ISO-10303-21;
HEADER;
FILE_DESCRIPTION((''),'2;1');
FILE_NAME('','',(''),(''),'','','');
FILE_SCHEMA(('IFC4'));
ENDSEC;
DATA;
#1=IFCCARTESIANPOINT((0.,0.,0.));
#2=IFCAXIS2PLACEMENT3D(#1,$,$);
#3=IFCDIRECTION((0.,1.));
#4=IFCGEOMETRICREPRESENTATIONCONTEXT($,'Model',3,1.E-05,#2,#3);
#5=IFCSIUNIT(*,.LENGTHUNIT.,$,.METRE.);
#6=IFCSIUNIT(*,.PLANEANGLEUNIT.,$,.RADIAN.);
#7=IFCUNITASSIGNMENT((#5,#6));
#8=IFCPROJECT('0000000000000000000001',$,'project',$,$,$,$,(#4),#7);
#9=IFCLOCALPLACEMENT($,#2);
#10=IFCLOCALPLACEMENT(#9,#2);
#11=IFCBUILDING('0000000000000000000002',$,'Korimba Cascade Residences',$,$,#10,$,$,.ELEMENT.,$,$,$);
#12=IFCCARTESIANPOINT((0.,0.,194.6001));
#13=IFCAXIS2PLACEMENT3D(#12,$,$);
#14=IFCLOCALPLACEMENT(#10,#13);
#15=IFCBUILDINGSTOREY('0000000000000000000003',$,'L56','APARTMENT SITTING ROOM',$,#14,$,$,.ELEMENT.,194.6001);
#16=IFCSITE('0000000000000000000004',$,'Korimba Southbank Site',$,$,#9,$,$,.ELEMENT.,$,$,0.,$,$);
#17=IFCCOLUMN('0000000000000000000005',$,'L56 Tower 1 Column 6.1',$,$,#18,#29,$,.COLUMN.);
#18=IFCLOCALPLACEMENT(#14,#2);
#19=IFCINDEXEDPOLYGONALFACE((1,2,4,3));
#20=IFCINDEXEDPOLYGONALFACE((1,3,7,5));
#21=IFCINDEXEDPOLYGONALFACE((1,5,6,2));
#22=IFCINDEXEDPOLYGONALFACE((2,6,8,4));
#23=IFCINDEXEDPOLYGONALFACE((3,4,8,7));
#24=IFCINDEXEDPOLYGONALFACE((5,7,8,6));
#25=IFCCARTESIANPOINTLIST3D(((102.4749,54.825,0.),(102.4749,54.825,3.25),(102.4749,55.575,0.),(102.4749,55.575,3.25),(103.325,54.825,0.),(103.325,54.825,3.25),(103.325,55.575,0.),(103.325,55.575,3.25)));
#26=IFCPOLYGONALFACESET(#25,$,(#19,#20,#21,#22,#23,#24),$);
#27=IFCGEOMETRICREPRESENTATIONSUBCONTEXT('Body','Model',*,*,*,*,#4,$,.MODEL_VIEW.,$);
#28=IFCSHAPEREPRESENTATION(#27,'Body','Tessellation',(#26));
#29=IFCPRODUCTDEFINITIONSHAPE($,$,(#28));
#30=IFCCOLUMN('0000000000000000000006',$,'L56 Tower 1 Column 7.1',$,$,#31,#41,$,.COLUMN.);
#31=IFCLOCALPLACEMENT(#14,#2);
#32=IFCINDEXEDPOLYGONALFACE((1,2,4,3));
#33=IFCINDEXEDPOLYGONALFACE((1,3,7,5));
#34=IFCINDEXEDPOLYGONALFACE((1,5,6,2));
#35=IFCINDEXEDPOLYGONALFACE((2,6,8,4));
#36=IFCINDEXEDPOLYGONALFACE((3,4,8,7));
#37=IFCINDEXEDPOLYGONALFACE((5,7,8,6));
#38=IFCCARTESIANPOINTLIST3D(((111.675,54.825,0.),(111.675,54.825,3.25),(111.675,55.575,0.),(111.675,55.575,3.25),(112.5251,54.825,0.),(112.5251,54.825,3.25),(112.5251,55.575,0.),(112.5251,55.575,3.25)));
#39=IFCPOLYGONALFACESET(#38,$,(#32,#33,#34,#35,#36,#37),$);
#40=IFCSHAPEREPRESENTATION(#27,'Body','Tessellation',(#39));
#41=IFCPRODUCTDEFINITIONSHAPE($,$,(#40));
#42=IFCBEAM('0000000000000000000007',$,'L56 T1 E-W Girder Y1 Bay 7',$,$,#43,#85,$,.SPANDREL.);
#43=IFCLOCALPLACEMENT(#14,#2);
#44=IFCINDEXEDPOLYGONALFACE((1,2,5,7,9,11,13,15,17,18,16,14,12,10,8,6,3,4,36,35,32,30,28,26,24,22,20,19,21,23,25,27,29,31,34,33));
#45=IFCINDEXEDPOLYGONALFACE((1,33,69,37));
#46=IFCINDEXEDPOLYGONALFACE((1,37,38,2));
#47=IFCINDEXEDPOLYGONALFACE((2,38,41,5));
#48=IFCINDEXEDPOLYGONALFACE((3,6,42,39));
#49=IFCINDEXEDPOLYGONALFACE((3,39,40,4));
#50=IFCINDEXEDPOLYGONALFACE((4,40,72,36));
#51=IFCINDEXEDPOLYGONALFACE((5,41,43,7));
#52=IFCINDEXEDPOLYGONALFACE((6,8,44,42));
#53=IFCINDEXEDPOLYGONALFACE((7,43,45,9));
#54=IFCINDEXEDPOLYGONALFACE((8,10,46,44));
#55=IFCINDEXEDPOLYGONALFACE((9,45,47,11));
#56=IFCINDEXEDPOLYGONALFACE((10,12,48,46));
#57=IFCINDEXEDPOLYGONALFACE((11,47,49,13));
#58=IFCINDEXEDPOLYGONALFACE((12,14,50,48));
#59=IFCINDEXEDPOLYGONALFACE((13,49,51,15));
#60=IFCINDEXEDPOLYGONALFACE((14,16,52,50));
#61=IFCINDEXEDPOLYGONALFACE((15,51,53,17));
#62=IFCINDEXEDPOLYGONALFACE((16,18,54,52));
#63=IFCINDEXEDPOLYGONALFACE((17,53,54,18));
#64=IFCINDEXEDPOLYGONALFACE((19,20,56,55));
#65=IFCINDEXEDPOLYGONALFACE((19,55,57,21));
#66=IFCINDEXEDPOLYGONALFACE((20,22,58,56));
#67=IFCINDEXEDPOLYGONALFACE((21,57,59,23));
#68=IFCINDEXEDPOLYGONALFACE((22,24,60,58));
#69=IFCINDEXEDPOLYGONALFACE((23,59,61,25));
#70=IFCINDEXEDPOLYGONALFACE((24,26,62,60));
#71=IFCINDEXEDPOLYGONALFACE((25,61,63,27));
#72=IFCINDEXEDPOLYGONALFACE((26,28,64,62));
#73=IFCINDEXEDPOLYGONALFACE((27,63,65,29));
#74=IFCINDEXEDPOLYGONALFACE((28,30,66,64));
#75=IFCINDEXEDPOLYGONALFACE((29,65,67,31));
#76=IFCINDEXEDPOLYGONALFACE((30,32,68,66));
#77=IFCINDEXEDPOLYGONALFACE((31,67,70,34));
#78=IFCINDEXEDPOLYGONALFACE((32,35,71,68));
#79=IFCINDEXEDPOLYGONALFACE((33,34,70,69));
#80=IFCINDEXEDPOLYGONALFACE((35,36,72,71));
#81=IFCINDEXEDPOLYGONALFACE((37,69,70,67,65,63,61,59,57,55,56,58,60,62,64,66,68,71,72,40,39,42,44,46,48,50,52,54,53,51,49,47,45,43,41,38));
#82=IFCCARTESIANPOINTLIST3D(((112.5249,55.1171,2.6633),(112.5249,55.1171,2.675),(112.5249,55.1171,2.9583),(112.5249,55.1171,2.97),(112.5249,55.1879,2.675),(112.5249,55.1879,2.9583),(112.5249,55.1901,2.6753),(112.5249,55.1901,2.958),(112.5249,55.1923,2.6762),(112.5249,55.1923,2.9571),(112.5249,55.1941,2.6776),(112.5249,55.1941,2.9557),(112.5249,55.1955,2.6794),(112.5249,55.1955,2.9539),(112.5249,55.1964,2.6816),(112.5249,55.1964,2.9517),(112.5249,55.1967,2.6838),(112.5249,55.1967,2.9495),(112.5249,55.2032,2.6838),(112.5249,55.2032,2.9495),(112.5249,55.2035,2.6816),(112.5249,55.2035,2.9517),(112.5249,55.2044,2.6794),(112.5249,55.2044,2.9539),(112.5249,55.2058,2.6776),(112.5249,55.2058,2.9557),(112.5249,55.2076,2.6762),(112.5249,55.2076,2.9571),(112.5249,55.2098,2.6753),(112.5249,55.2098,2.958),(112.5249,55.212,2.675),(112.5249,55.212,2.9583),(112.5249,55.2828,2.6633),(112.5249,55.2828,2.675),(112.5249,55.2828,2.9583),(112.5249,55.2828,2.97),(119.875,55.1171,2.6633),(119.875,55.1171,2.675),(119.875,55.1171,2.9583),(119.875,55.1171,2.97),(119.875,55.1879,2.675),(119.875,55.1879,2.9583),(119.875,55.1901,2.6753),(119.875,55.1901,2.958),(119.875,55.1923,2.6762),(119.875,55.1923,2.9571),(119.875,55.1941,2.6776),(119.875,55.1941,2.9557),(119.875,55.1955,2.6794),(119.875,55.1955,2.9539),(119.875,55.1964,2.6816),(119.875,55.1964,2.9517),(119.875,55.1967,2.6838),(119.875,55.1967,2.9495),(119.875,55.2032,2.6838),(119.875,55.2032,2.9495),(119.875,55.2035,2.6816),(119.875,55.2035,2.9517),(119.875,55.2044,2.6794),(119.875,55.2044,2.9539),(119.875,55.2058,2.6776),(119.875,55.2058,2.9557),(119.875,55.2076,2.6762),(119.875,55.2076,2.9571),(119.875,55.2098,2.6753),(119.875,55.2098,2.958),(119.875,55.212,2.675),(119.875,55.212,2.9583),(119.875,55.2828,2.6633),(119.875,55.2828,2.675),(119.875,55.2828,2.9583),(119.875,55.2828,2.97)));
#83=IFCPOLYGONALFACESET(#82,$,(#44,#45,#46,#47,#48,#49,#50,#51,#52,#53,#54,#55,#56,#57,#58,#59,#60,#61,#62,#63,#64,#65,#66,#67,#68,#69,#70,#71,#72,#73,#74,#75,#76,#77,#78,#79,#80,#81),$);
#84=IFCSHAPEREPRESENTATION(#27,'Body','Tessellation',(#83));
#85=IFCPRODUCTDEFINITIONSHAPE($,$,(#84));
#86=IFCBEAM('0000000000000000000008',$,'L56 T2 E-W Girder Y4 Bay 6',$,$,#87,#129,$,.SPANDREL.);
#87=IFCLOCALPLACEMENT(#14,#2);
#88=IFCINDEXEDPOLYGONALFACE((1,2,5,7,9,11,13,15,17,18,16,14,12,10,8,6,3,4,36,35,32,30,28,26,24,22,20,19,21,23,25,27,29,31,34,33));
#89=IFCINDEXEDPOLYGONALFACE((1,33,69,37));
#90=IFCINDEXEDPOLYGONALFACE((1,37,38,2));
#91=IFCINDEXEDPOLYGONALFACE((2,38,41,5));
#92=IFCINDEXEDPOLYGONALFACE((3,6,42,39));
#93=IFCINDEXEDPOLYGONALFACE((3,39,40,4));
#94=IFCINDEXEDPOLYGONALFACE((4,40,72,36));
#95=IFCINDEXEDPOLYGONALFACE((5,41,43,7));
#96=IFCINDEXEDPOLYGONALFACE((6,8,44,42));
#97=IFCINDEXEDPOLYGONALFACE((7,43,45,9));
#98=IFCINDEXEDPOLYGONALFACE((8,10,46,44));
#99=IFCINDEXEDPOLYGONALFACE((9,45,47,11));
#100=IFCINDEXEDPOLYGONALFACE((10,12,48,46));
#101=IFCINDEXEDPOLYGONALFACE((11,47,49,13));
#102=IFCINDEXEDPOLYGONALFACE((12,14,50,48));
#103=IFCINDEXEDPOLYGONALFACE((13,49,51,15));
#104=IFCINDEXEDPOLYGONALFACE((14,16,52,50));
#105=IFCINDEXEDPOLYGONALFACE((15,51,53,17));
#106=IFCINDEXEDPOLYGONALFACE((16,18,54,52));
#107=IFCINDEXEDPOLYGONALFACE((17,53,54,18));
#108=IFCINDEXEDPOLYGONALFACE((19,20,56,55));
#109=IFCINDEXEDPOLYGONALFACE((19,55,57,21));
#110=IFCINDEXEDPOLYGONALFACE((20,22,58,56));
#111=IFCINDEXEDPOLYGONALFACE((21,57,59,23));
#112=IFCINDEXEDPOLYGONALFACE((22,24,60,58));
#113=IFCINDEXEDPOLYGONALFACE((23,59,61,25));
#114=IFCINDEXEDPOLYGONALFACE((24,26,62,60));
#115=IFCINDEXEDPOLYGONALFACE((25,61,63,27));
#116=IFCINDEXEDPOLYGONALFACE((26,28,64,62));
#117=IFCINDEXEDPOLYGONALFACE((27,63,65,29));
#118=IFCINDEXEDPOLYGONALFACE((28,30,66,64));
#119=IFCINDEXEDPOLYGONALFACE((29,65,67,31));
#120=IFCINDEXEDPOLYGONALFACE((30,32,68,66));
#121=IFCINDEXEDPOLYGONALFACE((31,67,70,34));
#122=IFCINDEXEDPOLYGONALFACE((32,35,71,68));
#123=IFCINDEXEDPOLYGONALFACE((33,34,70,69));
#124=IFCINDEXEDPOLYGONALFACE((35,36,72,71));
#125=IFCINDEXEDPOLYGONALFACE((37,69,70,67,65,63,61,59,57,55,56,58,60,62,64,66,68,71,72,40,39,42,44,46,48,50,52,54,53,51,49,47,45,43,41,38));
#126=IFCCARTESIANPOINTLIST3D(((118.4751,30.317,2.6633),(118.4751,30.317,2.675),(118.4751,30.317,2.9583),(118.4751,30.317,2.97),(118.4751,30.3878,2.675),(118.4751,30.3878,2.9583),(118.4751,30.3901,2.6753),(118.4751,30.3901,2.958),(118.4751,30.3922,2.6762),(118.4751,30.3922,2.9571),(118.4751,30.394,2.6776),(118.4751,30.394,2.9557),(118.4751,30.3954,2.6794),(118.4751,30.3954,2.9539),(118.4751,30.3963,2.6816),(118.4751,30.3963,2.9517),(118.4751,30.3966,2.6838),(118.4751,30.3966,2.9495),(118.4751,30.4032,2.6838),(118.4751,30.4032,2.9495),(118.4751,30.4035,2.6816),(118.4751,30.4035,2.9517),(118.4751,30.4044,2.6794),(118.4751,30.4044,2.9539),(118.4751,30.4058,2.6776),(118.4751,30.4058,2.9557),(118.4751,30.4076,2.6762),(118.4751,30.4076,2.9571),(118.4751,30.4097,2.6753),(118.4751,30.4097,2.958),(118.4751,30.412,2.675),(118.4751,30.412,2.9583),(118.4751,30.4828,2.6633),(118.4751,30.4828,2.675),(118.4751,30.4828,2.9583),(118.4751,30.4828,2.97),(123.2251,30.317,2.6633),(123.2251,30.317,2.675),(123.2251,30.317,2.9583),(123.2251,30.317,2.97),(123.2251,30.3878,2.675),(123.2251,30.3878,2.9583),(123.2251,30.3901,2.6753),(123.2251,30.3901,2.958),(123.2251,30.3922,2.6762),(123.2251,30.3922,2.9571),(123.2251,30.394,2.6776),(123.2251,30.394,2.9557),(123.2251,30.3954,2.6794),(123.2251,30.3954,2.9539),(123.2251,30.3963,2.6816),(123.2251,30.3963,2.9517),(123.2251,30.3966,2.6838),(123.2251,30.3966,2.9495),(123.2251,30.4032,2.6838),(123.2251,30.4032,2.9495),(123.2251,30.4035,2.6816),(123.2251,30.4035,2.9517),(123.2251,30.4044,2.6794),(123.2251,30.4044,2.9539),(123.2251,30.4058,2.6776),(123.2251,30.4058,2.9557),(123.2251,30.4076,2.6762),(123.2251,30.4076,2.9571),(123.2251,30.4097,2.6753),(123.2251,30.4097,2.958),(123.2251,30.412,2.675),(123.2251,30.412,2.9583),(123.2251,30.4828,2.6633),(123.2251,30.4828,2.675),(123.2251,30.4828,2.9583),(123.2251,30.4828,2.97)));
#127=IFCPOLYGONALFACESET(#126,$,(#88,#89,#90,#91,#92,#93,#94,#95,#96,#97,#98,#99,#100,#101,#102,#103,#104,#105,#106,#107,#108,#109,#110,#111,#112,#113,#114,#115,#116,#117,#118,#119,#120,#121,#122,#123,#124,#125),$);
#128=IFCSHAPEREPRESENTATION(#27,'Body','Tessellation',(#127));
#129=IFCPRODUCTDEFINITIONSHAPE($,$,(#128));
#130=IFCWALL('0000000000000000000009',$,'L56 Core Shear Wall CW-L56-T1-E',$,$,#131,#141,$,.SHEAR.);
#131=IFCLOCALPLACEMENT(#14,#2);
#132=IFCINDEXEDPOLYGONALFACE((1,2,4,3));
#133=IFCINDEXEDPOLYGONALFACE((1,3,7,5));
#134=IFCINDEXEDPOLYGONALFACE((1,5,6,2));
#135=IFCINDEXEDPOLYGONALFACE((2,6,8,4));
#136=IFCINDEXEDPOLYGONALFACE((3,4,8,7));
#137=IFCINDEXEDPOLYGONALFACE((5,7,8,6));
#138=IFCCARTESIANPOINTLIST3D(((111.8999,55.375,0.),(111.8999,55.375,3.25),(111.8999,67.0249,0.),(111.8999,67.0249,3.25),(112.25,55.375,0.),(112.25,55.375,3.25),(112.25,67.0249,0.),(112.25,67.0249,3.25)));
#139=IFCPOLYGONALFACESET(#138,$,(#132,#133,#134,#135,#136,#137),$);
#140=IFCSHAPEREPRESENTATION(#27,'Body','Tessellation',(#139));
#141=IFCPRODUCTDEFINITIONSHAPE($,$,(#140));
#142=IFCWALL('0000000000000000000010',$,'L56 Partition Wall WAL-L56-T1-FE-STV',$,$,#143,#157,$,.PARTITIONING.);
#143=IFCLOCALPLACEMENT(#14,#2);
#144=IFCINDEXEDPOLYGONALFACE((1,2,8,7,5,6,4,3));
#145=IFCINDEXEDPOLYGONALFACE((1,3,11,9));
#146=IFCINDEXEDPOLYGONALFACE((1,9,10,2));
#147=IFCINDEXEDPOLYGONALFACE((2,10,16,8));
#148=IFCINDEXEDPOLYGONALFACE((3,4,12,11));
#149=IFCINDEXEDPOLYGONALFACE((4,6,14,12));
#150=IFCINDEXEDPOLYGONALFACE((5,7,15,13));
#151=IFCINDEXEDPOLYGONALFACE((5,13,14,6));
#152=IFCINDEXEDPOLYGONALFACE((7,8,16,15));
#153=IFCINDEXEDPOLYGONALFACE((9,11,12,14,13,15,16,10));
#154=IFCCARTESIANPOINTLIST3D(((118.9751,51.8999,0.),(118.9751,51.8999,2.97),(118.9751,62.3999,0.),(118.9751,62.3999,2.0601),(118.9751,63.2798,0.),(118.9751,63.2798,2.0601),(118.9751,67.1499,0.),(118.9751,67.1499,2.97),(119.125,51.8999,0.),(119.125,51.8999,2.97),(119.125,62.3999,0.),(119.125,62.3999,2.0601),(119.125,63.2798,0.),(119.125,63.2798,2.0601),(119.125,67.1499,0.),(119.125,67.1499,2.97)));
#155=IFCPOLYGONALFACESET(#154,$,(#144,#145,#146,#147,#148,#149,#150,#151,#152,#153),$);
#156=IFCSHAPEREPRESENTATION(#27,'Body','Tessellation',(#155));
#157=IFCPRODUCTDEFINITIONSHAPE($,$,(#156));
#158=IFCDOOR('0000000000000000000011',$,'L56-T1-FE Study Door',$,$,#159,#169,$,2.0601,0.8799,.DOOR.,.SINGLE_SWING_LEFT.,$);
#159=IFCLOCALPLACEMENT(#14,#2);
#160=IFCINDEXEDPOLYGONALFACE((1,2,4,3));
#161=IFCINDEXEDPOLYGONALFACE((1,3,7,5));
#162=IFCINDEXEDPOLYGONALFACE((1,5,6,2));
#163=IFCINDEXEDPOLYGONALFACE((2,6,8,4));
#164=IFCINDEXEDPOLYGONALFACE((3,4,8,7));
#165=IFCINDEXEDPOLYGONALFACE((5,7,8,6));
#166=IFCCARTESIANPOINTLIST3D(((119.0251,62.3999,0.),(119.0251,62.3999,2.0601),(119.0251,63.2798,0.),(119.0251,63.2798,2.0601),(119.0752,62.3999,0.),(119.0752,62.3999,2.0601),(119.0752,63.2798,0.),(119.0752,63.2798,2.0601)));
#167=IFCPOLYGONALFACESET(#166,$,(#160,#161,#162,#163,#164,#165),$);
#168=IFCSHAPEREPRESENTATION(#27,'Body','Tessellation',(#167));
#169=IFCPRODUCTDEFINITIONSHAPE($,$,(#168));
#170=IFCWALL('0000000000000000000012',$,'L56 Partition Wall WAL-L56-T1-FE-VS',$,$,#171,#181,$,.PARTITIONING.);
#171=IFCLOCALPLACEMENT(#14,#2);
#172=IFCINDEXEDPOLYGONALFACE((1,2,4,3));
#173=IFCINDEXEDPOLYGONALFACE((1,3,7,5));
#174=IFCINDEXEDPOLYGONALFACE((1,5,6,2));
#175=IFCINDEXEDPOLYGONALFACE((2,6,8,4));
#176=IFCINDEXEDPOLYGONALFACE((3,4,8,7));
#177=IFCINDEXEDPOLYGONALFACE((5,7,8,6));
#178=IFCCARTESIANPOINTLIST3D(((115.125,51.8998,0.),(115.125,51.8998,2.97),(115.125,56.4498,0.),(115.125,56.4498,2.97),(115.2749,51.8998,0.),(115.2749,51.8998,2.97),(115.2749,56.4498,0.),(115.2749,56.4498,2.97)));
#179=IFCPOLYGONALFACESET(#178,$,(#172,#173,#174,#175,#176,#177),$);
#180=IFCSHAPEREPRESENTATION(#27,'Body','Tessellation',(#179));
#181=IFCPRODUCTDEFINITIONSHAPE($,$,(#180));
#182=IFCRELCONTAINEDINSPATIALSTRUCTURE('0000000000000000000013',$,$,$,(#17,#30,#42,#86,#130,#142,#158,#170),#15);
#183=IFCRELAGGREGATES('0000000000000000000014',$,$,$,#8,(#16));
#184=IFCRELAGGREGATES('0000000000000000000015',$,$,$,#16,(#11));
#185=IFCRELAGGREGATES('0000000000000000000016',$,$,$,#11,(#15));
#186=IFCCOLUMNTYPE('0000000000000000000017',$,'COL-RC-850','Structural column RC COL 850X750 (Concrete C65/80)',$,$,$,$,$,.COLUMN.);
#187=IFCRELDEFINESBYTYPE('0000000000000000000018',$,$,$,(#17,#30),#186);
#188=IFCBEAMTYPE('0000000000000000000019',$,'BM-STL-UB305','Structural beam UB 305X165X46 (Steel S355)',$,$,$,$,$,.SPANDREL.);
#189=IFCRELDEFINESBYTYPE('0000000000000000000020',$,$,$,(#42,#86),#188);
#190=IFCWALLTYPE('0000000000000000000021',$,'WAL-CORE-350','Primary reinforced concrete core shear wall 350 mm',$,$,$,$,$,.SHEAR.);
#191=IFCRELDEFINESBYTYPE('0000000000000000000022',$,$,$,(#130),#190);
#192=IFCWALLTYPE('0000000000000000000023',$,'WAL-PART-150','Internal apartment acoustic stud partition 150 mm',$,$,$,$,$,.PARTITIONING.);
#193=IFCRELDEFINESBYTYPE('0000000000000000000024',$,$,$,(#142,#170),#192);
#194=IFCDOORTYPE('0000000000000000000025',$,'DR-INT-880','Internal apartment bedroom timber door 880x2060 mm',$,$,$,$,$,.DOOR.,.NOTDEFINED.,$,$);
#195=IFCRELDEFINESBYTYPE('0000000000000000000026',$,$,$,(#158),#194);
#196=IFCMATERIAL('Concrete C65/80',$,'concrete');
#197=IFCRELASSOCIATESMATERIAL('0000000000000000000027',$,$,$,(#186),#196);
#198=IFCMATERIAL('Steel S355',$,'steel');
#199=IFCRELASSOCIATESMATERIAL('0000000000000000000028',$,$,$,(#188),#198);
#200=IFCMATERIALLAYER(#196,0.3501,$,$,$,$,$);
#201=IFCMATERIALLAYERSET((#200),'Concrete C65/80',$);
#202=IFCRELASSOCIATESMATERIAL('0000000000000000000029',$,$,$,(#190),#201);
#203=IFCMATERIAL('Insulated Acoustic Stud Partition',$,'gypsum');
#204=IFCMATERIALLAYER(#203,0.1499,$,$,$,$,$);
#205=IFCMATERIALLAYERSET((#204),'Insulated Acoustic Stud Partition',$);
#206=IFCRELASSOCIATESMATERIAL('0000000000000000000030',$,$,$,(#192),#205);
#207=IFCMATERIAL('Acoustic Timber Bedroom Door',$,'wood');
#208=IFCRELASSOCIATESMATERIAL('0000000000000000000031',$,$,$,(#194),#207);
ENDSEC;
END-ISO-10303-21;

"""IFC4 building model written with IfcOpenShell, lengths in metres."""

from ifc_helpers import new_model, si_unit, direction, frame, frame_2d, origin, origin_2d, place, context, subcontext, project, spatial, rectangle, i_section, extrude, material, layer, layer_set, material_profile, profile_set, type_object, element, fill, save


model = new_model("IFC4")

# Units and contexts
model_context = context("Model", 3, precision=1e-05, world=origin(), true_north=direction((0.0, 1.0)))
body_context = subcontext(model_context, "Body", "Model", "MODEL_VIEW")
ifc_project = project(units=[si_unit("LENGTHUNIT", "METRE"), si_unit("PLANEANGLEUNIT", "RADIAN")], contexts=[model_context])

# Site, building, storey
site_placement = place(None, origin())
site = spatial("IfcSite", under=ifc_project, at=site_placement, Name="Korimba Southbank Site", CompositionType="ELEMENT", RefElevation=0.0)
building_placement = place(site_placement, origin())
building = spatial("IfcBuilding", under=site, at=building_placement, Name="Korimba Cascade Residences", CompositionType="ELEMENT")
storey_placement = place(building_placement, frame((0.0, 0.0, 194.6001)))
storey = spatial("IfcBuildingStorey", under=building, at=storey_placement, Name="L56", Description="APARTMENT SITTING ROOM", CompositionType="ELEMENT", Elevation=194.6001)

# Columns
ifc_material_1 = material(Name="Concrete C65/80", Category="concrete")
ifc_material_profile_1 = material_profile(ifc_material_1, rectangle(XDim=0.8501, YDim=0.75, at=origin_2d()), Name="Concrete C65/80")
ifc_profile_set_1 = profile_set([ifc_material_profile_1], Name="Concrete C65/80")
column_type = type_object("IfcColumnType", Name="COL-RC-850", Description="Structural column RC COL 850X750 (Concrete C65/80)", PredefinedType="COLUMN", material=ifc_profile_set_1)
for number, where, z_axis, x_axis, name in (
    (1, (102.8999, 55.2, 0.0), (0.0, 0.0, 1.0), (1.0, 0.0, 0.0), "L56 Tower 1 Column 6.1"),
    (2, (112.1001, 55.2, 0.0), (0.0, 0.0, 1.0), (1.0, 0.0, 0.0), "L56 Tower 1 Column 7.1"),
):
    element("IfcColumn", number, at=place(storey_placement, frame(where, z_axis=z_axis, x_axis=x_axis)), inside=storey, type_object=column_type, Name=name, PredefinedType="COLUMN", context=body_context, shape_type="SweptSolid", body=[
        extrude(rectangle(XDim=0.8501, YDim=0.75, at=origin_2d()), origin(), (0.0, 0.0, 1.0), 3.25),
    ])

# Beams
ifc_material_2 = material(Name="Steel S355", Category="steel")
ifc_material_profile_2 = material_profile(ifc_material_2, i_section(OverallWidth=0.1658, OverallDepth=0.3066, WebThickness=0.0066, FlangeThickness=0.0117, FilletRadius=0.0088, at=origin_2d()), Name="Steel S355")
ifc_profile_set_2 = profile_set([ifc_material_profile_2], Name="Steel S355")
beam_type = type_object("IfcBeamType", Name="BM-STL-UB305", Description="Structural beam UB 305X165X46 (Steel S355)", PredefinedType="SPANDREL", material=ifc_profile_set_2)
beam_1_placement = place(storey_placement, frame((112.5249, 55.2, 2.8167), z_axis=(1.0, 0.0, 0.0), x_axis=(0.0, 1.0, 0.0)))
element("IfcBeam", 3, at=beam_1_placement, inside=storey, type_object=beam_type, Name="L56 T1 E-W Girder Y1 Bay 7", PredefinedType="SPANDREL", context=body_context, shape_type="SweptSolid", body=[
    extrude(i_section(OverallWidth=0.1658, OverallDepth=0.3066, WebThickness=0.0066, FlangeThickness=0.0117, FilletRadius=0.0088, at=origin_2d()), origin(), (0.0, 0.0, 1.0), 7.3501),
])
beam_2_placement = place(storey_placement, frame((118.4751, 30.3999, 2.8167), z_axis=(1.0, 0.0, 0.0), x_axis=(0.0, 1.0, 0.0)))
element("IfcBeam", 4, at=beam_2_placement, inside=storey, type_object=beam_type, Name="L56 T2 E-W Girder Y4 Bay 6", PredefinedType="SPANDREL", context=body_context, shape_type="SweptSolid", body=[
    extrude(i_section(OverallWidth=0.1658, OverallDepth=0.3066, WebThickness=0.0066, FlangeThickness=0.0117, FilletRadius=0.0088, at=origin_2d()), origin(), (0.0, 0.0, 1.0), 4.75),
])

# Wall
ifc_layer_1 = layer(ifc_material_1, 0.3501)
ifc_layer_set_1 = layer_set([ifc_layer_1], Name="Concrete C65/80")
wall_type_1 = type_object("IfcWallType", Name="WAL-CORE-350", Description="Primary reinforced concrete core shear wall 350 mm", PredefinedType="SHEAR", material=ifc_layer_set_1)
wall_1_placement = place(storey_placement, frame((112.075, 55.375, 0.0), z_axis=(0.0, 0.0, 1.0), x_axis=(0.0, 1.0, 0.0)))
element("IfcWall", 5, at=wall_1_placement, inside=storey, type_object=wall_type_1, Name="L56 Core Shear Wall CW-L56-T1-E", PredefinedType="SHEAR", context=body_context, shape_type="SweptSolid", body=[
    extrude(rectangle(XDim=11.6499, YDim=0.3501, at=frame_2d((5.825, 0.0))), origin(), (0.0, 0.0, 1.0), 3.25),
])

# Wall, opening, door
ifc_material_3 = material(Name="Insulated Acoustic Stud Partition", Category="gypsum")
ifc_layer_2 = layer(ifc_material_3, 0.1499)
ifc_layer_set_2 = layer_set([ifc_layer_2], Name="Insulated Acoustic Stud Partition")
wall_type_2 = type_object("IfcWallType", Name="WAL-PART-150", Description="Internal apartment acoustic stud partition 150 mm", PredefinedType="PARTITIONING", material=ifc_layer_set_2)
wall_2_placement = place(storey_placement, frame((119.05, 51.8999, 0.0), z_axis=(0.0, 0.0, 1.0), x_axis=(0.0, 1.0, 0.0)))
wall_2 = element("IfcWall", 6, at=wall_2_placement, inside=storey, type_object=wall_type_2, Name="L56 Partition Wall WAL-L56-T1-FE-STV", PredefinedType="PARTITIONING", context=body_context, shape_type="SweptSolid", body=[
    extrude(rectangle(XDim=15.25, YDim=0.1499, at=frame_2d((7.625, 0.0))), origin(), (0.0, 0.0, 1.0), 2.97),
])
opening_1_placement = place(wall_2_placement, frame((10.5, 0.0, 0.0)))
opening_1 = element("IfcOpeningElement", 7, at=opening_1_placement, cuts=wall_2, PredefinedType="OPENING", context=body_context, shape_type="SweptSolid", body=[
    extrude(rectangle(XDim=0.8799, YDim=2.0601, at=frame_2d((0.4399, 1.03))), frame((0.0, 0.085, 0.0), z_axis=(0.0, -1.0, 0.0), x_axis=(1.0, 0.0, 0.0)), (0.0, 0.0, 1.0), 0.1699),
])
ifc_material_4 = material(Name="Acoustic Timber Bedroom Door", Category="wood")
door_type_1 = type_object("IfcDoorType", Name="DR-INT-880", Description="Internal apartment bedroom timber door 880x2060 mm", OperationType="NOTDEFINED", PredefinedType="DOOR", material=ifc_material_4)
door_1_placement = place(opening_1_placement, origin())
door_1 = element("IfcDoor", 8, at=door_1_placement, inside=storey, type_object=door_type_1, Name="L56-T1-FE Study Door", OperationType="SINGLE_SWING_LEFT", OverallHeight=2.0601, OverallWidth=0.8799, PredefinedType="DOOR", context=body_context, shape_type="SweptSolid", body=[
    extrude(rectangle(XDim=0.8799, YDim=2.0601, at=frame_2d((0.4399, 1.03))), frame((0.0, 0.0249, 0.0), z_axis=(0.0, -1.0, 0.0), x_axis=(1.0, 0.0, 0.0)), (0.0, 0.0, 1.0), 0.05),
])
fill(opening_1, door_1)

# Wall
wall_3_placement = place(storey_placement, frame((115.2, 51.8999, 0.0), z_axis=(0.0, 0.0, 1.0), x_axis=(0.0, 1.0, 0.0)))
element("IfcWall", 9, at=wall_3_placement, inside=storey, type_object=wall_type_2, Name="L56 Partition Wall WAL-L56-T1-FE-VS", PredefinedType="PARTITIONING", context=body_context, shape_type="SweptSolid", body=[
    extrude(rectangle(XDim=4.55, YDim=0.1499, at=frame_2d((2.2749, 0.0))), origin(), (0.0, 0.0, 1.0), 2.97),
])

save(model, "model.ifc")
